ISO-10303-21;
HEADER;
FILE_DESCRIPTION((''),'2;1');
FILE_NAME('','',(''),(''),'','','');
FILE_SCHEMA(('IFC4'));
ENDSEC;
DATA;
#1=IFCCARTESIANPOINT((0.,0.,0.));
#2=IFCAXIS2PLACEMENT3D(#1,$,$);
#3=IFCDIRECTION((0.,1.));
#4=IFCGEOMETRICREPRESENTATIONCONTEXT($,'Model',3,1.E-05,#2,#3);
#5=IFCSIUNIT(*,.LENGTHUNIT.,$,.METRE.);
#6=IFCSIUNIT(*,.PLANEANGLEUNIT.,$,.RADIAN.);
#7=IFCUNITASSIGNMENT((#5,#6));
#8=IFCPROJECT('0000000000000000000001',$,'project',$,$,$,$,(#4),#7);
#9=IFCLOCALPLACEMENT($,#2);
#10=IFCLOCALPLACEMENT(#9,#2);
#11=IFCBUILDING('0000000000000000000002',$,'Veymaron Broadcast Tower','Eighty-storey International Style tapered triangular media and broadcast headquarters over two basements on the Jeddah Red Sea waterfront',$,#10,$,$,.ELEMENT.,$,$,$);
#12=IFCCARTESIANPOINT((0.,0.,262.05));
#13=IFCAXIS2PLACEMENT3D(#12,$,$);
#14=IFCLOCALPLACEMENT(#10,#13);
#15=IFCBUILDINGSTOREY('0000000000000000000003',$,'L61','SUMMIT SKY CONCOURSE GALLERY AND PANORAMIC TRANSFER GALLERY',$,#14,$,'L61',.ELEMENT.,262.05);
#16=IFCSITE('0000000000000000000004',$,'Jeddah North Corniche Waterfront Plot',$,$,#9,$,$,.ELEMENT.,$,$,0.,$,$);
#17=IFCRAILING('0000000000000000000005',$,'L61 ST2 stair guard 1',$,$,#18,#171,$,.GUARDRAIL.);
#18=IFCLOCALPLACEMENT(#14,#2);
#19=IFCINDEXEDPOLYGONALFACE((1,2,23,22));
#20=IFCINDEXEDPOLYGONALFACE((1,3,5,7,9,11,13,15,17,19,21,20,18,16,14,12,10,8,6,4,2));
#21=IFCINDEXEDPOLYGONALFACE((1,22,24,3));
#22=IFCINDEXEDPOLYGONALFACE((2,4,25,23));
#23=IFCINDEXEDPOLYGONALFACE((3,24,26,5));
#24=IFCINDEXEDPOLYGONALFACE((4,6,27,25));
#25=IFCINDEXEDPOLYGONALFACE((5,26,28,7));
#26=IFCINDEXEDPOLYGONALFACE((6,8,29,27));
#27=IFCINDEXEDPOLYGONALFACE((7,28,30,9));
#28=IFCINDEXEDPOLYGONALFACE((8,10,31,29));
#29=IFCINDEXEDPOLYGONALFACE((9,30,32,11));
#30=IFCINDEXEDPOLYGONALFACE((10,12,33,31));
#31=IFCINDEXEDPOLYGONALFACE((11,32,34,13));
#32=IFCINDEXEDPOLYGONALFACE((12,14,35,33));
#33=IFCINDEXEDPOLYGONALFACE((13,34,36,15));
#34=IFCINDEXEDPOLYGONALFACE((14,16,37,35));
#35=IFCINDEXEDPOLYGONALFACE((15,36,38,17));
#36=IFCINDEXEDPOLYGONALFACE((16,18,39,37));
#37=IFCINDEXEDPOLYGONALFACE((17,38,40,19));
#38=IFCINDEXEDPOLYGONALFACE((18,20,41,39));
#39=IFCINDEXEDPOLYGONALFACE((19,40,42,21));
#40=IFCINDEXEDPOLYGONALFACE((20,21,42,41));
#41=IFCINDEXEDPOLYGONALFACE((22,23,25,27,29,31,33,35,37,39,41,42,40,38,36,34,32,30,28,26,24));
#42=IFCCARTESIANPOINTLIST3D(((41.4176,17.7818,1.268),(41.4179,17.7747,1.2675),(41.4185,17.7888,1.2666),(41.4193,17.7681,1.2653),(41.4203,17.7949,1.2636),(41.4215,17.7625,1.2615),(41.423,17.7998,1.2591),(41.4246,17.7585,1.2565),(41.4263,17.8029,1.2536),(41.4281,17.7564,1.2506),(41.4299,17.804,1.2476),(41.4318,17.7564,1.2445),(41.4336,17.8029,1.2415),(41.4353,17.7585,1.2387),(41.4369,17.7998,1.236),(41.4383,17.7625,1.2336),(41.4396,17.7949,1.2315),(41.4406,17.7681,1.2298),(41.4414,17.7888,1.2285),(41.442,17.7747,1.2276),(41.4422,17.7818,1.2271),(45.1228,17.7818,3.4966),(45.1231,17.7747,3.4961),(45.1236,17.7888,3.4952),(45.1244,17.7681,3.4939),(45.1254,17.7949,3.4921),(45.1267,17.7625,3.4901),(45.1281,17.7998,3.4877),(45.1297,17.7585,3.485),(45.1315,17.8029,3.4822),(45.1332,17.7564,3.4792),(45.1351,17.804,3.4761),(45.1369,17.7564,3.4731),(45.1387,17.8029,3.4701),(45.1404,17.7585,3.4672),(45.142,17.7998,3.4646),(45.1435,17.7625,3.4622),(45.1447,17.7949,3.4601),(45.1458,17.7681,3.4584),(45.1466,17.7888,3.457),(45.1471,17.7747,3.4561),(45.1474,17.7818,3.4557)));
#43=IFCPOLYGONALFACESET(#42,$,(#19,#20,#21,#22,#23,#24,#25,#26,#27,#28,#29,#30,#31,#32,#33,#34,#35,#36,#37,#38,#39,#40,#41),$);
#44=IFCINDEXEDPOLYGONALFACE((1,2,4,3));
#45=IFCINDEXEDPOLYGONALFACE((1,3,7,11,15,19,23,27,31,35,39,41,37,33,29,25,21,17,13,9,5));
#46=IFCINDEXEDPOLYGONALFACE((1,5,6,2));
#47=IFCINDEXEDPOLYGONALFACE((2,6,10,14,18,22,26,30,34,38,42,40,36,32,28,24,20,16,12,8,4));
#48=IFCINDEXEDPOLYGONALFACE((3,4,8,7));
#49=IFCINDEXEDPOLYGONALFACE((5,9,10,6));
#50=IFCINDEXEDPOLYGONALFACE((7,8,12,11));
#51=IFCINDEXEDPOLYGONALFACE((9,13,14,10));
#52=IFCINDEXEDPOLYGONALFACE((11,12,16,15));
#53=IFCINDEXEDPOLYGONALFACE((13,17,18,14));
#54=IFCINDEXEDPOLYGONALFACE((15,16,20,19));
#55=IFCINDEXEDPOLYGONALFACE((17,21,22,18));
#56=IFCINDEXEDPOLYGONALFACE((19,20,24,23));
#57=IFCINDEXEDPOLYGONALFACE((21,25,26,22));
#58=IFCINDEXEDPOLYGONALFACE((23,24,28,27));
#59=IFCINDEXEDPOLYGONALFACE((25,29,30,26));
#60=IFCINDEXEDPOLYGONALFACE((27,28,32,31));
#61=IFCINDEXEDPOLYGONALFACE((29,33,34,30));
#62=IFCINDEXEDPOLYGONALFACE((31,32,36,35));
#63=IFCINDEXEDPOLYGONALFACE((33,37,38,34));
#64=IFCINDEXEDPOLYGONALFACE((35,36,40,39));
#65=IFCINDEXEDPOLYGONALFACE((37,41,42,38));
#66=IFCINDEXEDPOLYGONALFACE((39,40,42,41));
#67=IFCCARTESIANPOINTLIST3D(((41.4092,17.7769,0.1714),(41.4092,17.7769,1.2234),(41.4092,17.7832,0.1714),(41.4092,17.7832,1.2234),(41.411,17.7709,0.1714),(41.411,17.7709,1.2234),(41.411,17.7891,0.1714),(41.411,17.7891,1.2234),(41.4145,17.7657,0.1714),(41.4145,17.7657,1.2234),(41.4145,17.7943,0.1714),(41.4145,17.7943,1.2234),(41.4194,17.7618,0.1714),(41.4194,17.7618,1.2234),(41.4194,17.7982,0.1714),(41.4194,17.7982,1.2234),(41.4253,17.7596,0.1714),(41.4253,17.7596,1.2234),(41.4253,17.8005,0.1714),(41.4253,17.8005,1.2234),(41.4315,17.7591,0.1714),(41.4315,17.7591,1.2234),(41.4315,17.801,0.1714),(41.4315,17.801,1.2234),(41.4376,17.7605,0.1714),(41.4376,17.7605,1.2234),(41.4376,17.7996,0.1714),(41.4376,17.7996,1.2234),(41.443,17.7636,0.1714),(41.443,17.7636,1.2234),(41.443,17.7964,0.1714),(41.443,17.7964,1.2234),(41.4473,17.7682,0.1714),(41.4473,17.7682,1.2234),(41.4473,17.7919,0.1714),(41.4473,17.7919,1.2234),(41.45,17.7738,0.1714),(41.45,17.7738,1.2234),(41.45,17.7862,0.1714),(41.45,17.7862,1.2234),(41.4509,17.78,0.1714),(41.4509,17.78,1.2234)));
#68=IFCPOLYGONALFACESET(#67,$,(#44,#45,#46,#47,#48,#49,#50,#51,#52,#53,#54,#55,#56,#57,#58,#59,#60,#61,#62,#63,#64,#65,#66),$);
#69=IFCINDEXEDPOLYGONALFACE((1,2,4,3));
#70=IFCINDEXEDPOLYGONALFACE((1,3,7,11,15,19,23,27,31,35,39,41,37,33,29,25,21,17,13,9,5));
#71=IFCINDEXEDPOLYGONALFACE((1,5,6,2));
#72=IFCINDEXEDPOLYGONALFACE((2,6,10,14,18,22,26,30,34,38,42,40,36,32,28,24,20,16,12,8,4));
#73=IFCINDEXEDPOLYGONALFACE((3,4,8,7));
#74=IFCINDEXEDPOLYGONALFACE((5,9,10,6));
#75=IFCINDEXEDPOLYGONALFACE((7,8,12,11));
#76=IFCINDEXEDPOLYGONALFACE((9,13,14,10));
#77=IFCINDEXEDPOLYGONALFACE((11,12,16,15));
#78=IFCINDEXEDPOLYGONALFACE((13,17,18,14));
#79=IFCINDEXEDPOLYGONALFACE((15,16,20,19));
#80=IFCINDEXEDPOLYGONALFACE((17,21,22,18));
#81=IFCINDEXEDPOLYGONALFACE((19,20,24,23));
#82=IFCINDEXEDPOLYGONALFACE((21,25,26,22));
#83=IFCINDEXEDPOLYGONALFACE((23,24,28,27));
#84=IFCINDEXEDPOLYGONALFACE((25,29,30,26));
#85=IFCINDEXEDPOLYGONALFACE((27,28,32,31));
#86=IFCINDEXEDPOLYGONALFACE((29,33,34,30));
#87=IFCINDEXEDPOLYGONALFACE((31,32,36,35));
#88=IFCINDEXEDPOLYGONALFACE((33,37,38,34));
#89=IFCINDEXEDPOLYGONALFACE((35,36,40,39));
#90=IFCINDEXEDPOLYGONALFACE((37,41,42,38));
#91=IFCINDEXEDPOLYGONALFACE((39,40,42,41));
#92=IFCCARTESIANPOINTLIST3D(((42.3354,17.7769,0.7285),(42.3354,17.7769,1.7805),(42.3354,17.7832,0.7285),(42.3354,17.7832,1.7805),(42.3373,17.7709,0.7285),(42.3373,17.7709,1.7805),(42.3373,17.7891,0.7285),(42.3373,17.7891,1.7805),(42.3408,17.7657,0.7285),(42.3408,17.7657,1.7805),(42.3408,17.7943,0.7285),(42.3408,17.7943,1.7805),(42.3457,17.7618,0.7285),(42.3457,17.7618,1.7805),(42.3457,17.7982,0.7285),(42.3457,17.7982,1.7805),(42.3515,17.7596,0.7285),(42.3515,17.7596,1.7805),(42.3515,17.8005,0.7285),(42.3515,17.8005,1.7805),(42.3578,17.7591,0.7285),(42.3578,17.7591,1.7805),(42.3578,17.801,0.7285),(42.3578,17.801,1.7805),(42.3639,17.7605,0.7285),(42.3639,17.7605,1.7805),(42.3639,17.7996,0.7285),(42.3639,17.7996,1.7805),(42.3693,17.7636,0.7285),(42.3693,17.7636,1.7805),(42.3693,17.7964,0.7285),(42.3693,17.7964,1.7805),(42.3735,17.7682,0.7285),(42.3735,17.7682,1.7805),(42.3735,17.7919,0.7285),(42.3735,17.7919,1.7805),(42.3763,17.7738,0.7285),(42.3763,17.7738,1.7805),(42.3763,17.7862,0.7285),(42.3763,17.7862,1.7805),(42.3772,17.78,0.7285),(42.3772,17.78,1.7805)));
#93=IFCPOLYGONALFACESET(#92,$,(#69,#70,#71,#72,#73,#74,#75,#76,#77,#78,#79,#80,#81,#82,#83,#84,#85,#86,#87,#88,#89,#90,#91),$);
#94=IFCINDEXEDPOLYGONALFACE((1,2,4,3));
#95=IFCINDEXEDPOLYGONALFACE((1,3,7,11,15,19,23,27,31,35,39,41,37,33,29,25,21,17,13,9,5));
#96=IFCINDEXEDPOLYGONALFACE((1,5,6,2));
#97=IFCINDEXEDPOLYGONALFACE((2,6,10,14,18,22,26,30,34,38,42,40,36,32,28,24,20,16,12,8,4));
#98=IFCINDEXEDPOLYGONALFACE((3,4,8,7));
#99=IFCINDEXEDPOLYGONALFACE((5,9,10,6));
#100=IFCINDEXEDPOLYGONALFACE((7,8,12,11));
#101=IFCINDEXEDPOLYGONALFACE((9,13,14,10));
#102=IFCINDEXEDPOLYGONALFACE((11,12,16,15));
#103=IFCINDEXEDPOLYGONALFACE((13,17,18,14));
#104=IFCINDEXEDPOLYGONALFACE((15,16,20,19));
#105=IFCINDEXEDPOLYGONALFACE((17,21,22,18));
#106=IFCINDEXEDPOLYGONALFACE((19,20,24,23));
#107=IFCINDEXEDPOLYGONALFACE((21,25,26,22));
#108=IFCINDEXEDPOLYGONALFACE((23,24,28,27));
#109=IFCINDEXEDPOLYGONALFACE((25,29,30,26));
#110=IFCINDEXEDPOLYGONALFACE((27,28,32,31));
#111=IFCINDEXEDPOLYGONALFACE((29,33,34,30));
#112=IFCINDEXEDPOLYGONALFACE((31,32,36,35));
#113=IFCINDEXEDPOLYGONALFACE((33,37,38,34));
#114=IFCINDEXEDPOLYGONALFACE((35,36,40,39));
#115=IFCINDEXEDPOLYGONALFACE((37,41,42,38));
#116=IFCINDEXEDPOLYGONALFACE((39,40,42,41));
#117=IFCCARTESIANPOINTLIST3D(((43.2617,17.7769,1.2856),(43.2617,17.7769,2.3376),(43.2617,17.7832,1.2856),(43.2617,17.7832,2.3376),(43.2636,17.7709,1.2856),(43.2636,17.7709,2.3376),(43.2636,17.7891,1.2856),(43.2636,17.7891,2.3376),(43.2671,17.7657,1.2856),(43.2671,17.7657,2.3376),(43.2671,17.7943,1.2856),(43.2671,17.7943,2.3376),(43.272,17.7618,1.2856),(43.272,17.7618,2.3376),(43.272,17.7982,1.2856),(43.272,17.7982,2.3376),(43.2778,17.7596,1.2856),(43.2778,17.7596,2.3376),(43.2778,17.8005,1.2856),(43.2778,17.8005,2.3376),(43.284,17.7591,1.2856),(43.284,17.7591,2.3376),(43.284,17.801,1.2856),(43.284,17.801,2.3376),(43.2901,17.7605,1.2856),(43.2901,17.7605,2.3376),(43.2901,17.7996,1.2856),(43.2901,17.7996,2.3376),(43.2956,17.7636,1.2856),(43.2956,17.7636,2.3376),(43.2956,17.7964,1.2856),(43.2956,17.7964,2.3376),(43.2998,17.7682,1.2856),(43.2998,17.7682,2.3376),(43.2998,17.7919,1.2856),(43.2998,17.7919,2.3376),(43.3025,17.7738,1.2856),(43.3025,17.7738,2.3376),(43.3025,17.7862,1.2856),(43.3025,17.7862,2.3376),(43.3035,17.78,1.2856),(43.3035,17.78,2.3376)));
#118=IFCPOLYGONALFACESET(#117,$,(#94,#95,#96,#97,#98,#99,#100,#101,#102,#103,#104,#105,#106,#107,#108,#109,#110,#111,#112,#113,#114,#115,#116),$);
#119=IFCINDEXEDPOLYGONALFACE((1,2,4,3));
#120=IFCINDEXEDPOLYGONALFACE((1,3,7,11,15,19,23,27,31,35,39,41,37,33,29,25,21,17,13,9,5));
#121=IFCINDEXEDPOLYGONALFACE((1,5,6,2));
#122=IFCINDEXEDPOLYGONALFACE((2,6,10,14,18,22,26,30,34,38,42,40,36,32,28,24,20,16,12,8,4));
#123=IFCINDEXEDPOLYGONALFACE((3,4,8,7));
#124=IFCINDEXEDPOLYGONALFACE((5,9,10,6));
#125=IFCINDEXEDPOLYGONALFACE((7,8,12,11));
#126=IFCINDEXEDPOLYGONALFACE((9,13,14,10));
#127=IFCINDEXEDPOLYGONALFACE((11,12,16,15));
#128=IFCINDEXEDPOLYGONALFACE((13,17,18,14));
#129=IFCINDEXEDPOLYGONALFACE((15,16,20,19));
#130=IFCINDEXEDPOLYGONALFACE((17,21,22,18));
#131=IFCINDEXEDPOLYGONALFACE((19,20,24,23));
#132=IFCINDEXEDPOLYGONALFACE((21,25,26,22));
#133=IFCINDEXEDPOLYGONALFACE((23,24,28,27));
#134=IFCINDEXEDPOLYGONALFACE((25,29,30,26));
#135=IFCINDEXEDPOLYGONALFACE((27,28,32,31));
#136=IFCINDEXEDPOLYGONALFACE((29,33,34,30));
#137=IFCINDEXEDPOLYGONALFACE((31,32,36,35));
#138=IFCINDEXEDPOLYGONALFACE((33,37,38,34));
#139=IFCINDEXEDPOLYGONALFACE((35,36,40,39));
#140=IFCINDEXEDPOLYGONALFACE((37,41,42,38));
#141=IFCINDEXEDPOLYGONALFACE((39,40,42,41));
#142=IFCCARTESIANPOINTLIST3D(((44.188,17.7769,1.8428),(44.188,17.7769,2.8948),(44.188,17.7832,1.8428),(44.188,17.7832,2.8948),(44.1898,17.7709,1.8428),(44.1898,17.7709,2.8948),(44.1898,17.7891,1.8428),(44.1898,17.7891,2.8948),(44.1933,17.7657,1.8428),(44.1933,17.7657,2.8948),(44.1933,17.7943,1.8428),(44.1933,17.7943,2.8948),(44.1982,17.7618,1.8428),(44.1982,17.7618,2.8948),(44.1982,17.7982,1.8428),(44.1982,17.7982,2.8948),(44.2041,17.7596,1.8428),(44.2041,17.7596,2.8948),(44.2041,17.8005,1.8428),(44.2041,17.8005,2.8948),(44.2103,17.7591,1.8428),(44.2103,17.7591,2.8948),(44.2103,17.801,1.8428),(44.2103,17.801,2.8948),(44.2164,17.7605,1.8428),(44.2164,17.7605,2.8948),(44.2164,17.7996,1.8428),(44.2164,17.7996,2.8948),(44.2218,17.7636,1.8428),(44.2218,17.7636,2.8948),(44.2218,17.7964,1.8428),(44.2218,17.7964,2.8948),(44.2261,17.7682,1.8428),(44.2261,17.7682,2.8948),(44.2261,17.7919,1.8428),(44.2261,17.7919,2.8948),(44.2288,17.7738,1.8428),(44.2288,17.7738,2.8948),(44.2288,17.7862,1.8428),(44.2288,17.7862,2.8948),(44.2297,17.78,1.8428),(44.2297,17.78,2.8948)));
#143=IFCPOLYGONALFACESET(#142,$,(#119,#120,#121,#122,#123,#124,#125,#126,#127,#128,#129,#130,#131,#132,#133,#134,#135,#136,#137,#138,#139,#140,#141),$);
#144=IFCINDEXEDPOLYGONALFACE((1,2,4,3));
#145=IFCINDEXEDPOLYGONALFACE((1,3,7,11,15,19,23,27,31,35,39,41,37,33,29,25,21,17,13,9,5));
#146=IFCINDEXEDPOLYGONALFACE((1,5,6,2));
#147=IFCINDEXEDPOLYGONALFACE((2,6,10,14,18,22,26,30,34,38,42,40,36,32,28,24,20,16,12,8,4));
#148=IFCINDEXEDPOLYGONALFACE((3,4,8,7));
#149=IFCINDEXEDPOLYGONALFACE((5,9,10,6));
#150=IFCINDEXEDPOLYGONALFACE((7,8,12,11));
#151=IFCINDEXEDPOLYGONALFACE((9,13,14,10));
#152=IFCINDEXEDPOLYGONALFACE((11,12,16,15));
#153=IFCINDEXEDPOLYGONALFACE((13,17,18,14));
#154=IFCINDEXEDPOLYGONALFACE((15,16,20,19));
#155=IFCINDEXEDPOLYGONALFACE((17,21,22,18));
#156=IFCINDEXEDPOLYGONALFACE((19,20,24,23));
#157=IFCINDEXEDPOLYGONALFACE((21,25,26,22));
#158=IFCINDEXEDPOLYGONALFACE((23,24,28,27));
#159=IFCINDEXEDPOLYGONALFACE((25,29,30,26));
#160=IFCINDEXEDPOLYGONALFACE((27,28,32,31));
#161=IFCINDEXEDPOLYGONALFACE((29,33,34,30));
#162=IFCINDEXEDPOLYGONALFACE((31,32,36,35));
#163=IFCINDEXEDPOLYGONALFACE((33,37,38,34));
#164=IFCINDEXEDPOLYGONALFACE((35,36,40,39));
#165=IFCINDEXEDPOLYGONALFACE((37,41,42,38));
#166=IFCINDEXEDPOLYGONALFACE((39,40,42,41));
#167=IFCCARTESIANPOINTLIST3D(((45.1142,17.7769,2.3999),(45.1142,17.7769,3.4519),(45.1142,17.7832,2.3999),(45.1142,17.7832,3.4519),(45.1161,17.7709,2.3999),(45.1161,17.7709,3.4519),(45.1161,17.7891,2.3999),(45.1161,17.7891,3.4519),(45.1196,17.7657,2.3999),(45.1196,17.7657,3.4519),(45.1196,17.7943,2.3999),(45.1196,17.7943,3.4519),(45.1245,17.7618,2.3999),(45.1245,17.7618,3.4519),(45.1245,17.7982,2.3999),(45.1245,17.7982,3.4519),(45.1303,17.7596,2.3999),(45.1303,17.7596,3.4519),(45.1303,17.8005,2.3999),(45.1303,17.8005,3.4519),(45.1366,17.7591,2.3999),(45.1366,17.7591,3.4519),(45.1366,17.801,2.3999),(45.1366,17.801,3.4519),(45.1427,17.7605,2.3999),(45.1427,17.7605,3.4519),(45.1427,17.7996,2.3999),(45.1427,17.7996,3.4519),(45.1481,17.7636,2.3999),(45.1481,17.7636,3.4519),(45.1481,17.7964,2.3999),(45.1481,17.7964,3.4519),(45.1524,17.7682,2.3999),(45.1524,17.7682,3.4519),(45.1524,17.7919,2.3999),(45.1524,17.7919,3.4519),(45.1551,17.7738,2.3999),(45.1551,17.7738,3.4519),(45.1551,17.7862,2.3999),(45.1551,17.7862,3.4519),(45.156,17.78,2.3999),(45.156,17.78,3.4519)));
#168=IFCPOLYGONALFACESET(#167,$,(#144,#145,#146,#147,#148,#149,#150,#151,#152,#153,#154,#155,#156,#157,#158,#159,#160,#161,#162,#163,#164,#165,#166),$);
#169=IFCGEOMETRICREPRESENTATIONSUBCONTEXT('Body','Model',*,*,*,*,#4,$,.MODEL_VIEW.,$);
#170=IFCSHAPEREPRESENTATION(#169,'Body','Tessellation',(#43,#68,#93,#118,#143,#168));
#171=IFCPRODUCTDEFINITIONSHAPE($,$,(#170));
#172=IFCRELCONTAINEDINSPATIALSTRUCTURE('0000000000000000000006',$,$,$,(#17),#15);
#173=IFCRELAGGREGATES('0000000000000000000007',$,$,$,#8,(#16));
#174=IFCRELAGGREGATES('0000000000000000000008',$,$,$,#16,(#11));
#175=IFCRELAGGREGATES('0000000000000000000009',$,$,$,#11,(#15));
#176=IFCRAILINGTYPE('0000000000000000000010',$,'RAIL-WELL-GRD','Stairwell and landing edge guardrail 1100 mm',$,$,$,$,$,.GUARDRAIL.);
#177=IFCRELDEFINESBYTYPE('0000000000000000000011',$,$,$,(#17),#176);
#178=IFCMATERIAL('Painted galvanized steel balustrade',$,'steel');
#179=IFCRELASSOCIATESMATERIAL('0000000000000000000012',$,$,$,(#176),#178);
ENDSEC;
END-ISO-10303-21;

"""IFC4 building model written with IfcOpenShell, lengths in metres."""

from ifc_helpers import new_model, si_unit, direction, frame, origin, origin_2d, place, context, subcontext, project, spatial, circle, extrude, material, type_object, element, save


model = new_model("IFC4")

# Units and contexts
model_context = context("Model", 3, precision=1e-05, world=origin(), true_north=direction((0.0, 1.0)))
body_context = subcontext(model_context, "Body", "Model", "MODEL_VIEW")
ifc_project = project(units=[si_unit("LENGTHUNIT", "METRE"), si_unit("PLANEANGLEUNIT", "RADIAN")], contexts=[model_context])

# Site, building, storey
site_placement = place(None, origin())
site = spatial("IfcSite", under=ifc_project, at=site_placement, Name="Jeddah North Corniche Waterfront Plot", CompositionType="ELEMENT", RefElevation=0.0)
building_placement = place(site_placement, origin())
building = spatial("IfcBuilding", under=site, at=building_placement, Name="Veymaron Broadcast Tower", Description="Eighty-storey International Style tapered triangular media and broadcast headquarters over two basements on the Jeddah Red Sea waterfront", CompositionType="ELEMENT")
storey_placement = place(building_placement, frame((0.0, 0.0, 262.05)))
storey = spatial("IfcBuildingStorey", under=building, at=storey_placement, Name="L61", Description="SUMMIT SKY CONCOURSE GALLERY AND PANORAMIC TRANSFER GALLERY", LongName="L61", CompositionType="ELEMENT", Elevation=262.05)

# Railing
ifc_material_1 = material(Name="Painted galvanized steel balustrade", Category="steel")
railing_type_1 = type_object("IfcRailingType", Name="RAIL-WELL-GRD", Description="Stairwell and landing edge guardrail 1100 mm", PredefinedType="GUARDRAIL", material=ifc_material_1)
railing_1_placement = place(storey_placement, frame((41.4299, 17.78, 0.1714)))
element("IfcRailing", 1, at=railing_1_placement, inside=storey, type_object=railing_type_1, Name="L61 ST2 stair guard 1", PredefinedType="GUARDRAIL", context=body_context, shape_type="SweptSolid", body=[
    extrude(circle(Radius=0.0239, at=origin_2d()), frame((0.0, 0.0, 1.0762), z_axis=(0.856934, 0.0, 0.515425), x_axis=(0.0, 1.0, 0.0)), (0.0, 0.0, 1.0), 4.3237),
    extrude(circle(Radius=0.021, at=origin_2d()), origin(), (0.0, 0.0, 1.0), 1.052),
    extrude(circle(Radius=0.021, at=origin_2d()), frame((0.9263, 0.0, 0.5571)), (0.0, 0.0, 1.0), 1.052),
    extrude(circle(Radius=0.021, at=origin_2d()), frame((1.8525, 0.0, 1.1143)), (0.0, 0.0, 1.0), 1.052),
    extrude(circle(Radius=0.021, at=origin_2d()), frame((2.7788, 0.0, 1.6714)), (0.0, 0.0, 1.0), 1.052),
    extrude(circle(Radius=0.021, at=origin_2d()), frame((3.7051, 0.0, 2.2285)), (0.0, 0.0, 1.0), 1.052),
])

save(model, "model.ifc")
